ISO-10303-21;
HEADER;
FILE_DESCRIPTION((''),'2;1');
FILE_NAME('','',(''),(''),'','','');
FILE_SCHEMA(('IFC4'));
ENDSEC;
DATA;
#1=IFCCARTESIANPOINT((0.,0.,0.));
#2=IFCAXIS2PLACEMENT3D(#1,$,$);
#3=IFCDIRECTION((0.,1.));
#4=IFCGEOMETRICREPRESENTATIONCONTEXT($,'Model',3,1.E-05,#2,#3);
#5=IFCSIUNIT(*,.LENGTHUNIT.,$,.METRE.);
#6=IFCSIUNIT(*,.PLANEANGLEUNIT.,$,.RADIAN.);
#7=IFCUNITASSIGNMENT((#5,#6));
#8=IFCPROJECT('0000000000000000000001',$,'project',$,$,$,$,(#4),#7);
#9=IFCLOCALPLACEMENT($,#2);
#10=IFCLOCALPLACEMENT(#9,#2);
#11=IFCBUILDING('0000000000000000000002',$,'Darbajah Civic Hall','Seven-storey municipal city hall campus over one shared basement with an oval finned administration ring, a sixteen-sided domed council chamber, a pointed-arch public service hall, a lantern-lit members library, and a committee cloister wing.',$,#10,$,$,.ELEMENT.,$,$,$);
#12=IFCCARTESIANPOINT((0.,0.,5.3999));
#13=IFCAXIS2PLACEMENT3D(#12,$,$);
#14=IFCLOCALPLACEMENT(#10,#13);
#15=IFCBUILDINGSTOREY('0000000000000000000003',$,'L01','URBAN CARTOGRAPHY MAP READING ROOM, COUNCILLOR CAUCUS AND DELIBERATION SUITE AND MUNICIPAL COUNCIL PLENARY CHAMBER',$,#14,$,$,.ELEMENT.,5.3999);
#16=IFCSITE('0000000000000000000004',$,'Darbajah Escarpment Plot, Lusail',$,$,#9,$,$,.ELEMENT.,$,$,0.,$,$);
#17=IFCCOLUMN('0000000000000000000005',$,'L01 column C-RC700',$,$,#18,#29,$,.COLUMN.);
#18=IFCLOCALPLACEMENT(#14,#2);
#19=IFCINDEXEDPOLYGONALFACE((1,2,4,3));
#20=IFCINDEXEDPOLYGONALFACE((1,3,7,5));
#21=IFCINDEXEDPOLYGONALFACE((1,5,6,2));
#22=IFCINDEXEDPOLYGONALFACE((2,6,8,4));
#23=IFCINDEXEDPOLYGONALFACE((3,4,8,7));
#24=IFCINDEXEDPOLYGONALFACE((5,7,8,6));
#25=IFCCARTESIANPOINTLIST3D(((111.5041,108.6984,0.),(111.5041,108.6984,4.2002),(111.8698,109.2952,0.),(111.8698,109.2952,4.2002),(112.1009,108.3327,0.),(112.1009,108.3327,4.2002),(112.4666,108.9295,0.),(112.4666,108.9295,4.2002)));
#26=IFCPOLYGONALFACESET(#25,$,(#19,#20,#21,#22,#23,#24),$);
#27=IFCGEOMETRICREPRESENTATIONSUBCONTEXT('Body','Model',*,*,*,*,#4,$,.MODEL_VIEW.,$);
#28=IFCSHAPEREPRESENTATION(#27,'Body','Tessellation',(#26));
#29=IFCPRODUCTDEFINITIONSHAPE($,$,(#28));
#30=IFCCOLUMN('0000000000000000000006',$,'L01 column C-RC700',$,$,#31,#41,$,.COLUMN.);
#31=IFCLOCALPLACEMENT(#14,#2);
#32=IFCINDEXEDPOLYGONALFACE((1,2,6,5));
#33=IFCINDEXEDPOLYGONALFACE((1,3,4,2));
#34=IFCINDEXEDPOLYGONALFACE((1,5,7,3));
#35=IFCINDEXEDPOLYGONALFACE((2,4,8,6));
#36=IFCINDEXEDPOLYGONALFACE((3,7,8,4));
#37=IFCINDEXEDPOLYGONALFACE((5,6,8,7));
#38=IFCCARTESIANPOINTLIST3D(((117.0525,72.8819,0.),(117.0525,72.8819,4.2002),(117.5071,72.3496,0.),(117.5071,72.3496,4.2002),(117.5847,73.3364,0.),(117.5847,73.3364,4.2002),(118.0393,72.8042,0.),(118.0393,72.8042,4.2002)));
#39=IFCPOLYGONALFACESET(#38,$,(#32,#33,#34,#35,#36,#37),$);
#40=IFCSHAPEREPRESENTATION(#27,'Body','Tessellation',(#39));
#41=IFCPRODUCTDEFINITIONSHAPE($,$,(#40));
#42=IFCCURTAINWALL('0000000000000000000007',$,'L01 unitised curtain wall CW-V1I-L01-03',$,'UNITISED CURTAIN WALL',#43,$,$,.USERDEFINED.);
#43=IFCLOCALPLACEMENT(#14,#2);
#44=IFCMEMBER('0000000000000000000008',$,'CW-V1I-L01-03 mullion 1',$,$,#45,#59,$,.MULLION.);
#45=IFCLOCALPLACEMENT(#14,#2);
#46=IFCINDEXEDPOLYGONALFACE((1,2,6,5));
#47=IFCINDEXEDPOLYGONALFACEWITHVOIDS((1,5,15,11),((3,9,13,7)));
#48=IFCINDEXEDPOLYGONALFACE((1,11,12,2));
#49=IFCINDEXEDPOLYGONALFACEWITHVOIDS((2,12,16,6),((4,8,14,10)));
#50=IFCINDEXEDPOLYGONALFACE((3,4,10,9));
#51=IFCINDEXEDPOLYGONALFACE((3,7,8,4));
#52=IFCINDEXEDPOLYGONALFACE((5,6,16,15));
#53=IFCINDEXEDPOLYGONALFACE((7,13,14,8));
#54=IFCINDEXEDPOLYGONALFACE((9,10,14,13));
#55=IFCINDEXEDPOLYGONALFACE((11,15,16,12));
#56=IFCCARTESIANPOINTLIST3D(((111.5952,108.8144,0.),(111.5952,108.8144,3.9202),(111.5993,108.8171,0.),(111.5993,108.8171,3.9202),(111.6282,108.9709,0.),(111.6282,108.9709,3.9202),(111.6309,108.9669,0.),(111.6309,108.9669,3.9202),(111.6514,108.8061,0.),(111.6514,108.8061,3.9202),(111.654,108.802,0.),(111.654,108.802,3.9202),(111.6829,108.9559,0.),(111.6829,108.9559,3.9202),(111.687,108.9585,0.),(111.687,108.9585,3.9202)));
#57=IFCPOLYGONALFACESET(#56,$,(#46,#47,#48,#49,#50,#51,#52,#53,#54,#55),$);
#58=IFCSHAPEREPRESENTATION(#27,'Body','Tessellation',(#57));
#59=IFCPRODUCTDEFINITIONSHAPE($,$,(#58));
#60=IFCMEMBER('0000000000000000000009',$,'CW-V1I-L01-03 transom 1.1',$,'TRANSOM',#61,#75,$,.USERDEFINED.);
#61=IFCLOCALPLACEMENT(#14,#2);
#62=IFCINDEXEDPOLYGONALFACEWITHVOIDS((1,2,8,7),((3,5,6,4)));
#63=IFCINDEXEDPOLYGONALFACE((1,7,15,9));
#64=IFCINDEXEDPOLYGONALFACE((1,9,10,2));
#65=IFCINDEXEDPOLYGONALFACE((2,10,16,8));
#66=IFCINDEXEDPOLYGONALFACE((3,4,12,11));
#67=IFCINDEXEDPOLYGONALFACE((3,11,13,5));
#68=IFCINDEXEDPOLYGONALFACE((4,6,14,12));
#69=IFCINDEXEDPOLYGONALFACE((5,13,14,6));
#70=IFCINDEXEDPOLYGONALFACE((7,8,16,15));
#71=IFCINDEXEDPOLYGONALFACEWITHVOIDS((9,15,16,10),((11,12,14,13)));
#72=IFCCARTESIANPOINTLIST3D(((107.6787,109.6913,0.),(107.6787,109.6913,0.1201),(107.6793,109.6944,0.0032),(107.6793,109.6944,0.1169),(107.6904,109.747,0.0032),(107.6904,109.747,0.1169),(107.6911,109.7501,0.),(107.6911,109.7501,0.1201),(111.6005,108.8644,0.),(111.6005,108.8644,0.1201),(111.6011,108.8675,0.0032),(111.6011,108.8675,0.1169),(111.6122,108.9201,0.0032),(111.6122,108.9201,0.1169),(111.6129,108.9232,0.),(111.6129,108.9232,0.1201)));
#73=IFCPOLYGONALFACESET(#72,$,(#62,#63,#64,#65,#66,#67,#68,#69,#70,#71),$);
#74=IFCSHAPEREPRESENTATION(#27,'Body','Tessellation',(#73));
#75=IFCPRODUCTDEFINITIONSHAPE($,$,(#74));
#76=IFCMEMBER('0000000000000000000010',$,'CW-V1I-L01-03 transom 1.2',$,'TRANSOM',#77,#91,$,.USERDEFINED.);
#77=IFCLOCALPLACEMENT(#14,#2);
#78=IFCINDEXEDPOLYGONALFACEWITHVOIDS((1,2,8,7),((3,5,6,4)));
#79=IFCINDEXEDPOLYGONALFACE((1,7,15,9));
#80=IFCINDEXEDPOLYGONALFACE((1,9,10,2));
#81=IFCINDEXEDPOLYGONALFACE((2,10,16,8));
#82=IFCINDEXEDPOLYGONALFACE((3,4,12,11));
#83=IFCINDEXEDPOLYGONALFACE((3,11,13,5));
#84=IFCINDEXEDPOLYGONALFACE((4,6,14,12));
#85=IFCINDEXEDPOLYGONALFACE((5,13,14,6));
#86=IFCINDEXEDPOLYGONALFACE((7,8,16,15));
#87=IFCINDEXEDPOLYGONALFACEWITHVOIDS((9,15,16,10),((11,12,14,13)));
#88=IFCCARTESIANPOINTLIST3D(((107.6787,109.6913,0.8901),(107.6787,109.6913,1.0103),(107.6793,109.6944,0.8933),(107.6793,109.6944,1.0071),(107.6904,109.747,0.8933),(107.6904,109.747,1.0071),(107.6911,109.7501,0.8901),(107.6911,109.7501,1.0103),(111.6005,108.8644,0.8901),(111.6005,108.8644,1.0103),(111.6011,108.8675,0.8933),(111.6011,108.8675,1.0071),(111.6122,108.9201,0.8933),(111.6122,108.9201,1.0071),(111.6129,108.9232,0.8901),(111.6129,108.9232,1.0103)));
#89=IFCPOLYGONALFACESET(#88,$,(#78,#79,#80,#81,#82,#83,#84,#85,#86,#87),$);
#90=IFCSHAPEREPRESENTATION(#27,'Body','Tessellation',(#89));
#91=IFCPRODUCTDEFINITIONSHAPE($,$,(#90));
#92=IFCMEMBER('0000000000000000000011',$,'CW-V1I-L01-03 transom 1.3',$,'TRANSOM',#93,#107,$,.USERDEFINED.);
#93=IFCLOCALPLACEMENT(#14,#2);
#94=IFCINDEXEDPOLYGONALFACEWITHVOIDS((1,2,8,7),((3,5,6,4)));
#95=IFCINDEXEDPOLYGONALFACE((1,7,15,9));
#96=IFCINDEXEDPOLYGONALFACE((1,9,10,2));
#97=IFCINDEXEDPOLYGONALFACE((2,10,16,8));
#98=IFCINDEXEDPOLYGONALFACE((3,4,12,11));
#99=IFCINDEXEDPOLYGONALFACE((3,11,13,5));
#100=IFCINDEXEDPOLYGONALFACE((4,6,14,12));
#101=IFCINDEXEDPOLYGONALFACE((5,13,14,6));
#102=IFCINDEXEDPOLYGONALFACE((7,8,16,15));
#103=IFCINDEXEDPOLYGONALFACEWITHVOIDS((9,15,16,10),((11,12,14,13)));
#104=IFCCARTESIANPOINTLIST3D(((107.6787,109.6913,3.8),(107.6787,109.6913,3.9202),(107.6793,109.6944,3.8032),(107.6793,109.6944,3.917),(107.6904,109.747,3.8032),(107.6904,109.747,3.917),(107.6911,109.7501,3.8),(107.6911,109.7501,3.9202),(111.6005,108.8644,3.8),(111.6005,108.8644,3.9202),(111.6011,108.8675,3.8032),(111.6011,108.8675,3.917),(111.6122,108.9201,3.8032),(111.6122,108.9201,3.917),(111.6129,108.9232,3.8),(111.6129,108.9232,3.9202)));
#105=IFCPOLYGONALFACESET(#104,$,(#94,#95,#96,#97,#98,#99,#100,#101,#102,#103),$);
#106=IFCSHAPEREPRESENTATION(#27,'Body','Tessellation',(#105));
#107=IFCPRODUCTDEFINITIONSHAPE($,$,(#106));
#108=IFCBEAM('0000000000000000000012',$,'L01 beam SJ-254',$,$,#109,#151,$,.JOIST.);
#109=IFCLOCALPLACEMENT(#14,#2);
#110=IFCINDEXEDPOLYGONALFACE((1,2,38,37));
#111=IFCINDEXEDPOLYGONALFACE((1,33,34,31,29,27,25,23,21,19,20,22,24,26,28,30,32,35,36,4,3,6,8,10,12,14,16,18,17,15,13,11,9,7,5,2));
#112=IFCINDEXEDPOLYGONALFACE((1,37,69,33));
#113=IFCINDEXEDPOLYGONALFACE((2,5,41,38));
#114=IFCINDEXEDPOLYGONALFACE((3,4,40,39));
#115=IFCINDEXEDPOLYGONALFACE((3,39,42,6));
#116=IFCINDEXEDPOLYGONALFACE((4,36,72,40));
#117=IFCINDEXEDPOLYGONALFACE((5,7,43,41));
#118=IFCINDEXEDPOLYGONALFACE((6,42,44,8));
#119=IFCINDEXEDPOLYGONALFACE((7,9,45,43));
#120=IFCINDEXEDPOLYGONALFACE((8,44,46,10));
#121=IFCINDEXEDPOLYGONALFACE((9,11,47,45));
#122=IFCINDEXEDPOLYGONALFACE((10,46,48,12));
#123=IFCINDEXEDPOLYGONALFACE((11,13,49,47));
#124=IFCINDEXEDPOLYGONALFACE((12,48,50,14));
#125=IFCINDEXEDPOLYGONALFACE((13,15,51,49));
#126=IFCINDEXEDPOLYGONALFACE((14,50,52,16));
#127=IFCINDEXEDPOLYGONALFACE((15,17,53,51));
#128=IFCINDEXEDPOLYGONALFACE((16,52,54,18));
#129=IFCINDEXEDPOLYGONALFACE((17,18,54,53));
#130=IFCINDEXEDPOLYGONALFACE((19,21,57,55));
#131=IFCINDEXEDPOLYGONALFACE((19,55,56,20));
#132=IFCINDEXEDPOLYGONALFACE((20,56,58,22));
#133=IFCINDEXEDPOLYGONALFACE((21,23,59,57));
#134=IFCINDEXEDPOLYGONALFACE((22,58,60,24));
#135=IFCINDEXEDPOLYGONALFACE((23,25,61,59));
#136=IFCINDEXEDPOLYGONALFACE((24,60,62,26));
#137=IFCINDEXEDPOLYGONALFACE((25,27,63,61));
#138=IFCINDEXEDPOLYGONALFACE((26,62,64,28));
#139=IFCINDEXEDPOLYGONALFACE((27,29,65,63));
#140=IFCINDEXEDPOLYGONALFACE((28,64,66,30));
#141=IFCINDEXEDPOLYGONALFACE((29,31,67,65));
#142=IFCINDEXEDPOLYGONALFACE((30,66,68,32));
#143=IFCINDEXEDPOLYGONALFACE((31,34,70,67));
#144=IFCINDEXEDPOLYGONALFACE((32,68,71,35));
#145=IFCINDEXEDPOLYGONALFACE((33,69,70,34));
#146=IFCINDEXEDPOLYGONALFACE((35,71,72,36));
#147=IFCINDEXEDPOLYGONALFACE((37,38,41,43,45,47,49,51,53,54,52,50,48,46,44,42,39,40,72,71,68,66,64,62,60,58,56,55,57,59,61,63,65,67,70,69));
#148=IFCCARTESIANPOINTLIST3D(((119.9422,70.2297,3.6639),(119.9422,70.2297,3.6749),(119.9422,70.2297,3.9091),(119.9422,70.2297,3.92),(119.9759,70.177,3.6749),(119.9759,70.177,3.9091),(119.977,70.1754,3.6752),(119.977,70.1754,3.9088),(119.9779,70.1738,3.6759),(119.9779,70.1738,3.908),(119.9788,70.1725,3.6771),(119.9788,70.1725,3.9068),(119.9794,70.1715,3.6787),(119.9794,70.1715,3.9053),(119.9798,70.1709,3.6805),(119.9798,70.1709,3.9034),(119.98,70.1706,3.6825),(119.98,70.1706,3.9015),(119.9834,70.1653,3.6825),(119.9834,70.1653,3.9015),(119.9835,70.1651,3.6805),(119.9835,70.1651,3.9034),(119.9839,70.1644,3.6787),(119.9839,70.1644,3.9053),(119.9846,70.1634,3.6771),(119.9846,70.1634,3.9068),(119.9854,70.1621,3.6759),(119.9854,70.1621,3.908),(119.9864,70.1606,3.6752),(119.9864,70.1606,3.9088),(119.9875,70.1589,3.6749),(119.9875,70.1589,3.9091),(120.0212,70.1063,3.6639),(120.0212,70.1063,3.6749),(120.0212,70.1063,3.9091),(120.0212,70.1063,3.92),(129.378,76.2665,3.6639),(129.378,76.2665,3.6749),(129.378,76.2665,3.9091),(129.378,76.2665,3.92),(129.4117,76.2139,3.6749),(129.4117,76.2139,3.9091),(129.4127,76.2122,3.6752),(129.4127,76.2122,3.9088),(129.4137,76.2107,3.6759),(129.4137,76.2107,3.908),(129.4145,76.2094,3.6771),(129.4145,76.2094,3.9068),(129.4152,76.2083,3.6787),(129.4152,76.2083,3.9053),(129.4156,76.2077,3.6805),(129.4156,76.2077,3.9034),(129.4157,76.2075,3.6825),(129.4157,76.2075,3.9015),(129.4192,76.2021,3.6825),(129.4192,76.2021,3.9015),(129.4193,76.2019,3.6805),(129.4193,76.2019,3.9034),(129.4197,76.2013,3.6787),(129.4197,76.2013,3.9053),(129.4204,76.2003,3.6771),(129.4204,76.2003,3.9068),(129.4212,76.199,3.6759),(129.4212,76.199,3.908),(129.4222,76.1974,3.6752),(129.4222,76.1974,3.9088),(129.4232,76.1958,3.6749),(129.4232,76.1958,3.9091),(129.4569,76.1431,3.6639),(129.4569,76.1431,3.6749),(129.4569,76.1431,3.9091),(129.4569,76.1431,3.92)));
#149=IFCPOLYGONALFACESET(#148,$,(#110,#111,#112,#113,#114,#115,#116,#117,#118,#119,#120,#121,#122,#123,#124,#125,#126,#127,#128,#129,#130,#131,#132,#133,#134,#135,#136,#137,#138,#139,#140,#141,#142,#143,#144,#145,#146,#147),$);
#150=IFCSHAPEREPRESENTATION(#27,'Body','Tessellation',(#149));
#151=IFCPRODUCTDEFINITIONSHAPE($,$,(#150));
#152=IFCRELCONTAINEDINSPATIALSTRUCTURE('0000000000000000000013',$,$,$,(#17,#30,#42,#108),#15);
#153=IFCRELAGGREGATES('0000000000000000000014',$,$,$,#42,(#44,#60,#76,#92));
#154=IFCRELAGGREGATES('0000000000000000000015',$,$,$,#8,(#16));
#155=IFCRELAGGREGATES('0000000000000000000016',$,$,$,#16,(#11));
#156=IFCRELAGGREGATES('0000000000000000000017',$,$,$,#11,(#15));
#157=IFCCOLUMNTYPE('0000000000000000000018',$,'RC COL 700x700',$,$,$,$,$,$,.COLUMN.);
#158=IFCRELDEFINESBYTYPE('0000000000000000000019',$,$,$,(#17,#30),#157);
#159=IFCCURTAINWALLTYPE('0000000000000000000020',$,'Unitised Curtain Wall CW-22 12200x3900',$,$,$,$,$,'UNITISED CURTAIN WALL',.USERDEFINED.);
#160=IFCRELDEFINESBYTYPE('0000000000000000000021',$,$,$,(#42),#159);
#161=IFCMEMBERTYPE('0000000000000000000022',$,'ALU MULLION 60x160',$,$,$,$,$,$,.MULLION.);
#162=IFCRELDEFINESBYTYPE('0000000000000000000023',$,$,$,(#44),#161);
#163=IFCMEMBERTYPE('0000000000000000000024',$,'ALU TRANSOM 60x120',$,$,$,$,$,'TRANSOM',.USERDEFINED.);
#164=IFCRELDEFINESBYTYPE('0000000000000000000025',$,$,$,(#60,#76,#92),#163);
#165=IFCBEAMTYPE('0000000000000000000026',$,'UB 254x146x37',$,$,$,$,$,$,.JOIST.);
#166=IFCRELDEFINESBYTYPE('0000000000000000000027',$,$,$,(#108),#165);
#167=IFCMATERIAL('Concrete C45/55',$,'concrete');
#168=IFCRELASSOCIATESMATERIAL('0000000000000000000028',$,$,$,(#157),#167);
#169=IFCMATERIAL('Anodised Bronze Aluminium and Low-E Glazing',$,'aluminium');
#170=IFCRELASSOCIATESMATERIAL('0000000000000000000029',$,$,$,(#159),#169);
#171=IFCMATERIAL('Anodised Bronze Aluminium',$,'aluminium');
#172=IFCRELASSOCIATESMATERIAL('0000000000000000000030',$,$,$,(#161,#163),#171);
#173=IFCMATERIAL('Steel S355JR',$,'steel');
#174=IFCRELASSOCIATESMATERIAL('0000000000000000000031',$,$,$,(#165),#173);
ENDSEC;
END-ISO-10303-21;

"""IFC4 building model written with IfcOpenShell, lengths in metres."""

from ifc_helpers import new_model, si_unit, direction, frame, origin, origin_2d, place, context, subcontext, project, spatial, rectangle, hollow_rectangle, i_section, extrude, material, material_profile, profile_set, type_object, element, aggregate, save


model = new_model("IFC4")

# Units and contexts
model_context = context("Model", 3, precision=1e-05, world=origin(), true_north=direction((0.0, 1.0)))
body_context = subcontext(model_context, "Body", "Model", "MODEL_VIEW")
ifc_project = project(units=[si_unit("LENGTHUNIT", "METRE"), si_unit("PLANEANGLEUNIT", "RADIAN")], contexts=[model_context])

# Site, building, storey
site_placement = place(None, origin())
site = spatial("IfcSite", under=ifc_project, at=site_placement, Name="Darbajah Escarpment Plot, Lusail", CompositionType="ELEMENT", RefElevation=0.0)
building_placement = place(site_placement, origin())
building = spatial("IfcBuilding", under=site, at=building_placement, Name="Darbajah Civic Hall", Description="Seven-storey municipal city hall campus over one shared basement with an oval finned administration ring, a sixteen-sided domed council chamber, a pointed-arch public service hall, a lantern-lit members library, and a committee cloister wing.", CompositionType="ELEMENT")
storey_placement = place(building_placement, frame((0.0, 0.0, 5.3999)))
storey = spatial("IfcBuildingStorey", under=building, at=storey_placement, Name="L01", Description="URBAN CARTOGRAPHY MAP READING ROOM, COUNCILLOR CAUCUS AND DELIBERATION SUITE AND MUNICIPAL COUNCIL PLENARY CHAMBER", CompositionType="ELEMENT", Elevation=5.3999)

# Columns
ifc_material_1 = material(Name="Concrete C45/55", Category="concrete")
ifc_material_profile_1 = material_profile(ifc_material_1, rectangle(XDim=0.7, YDim=0.7, at=origin_2d()), Name="RC COL 700x700")
ifc_profile_set_1 = profile_set([ifc_material_profile_1], Name="Concrete C45/55")
column_type = type_object("IfcColumnType", Name="RC COL 700x700", PredefinedType="COLUMN", material=ifc_profile_set_1)
for number, where, z_axis, x_axis, name in (
    (1, (111.9854, 108.814, 0.0), (0.0, 0.0, 1.0), (0.522499, 0.85264, 0.0), "L01 column C-RC700"),
    (2, (117.5459, 72.843, 0.0), (0.0, 0.0, 1.0), (0.649448, -0.760406, 0.0), "L01 column C-RC700"),
):
    element("IfcColumn", number, at=place(storey_placement, frame(where, z_axis=z_axis, x_axis=x_axis)), inside=storey, type_object=column_type, Name=name, PredefinedType="COLUMN", context=body_context, shape_type="SweptSolid", body=[
        extrude(rectangle(XDim=0.7, YDim=0.7, at=origin_2d()), origin(), (0.0, 0.0, 1.0), 4.2002),
    ])

# Curtain wall, members
ifc_material_2 = material(Name="Anodised Bronze Aluminium and Low-E Glazing", Category="aluminium")
curtain_wall_type = type_object("IfcCurtainWallType", Name="Unitised Curtain Wall CW-22 12200x3900", ElementType="UNITISED CURTAIN WALL", PredefinedType="USERDEFINED", material=ifc_material_2)
curtain_wall_placement = place(storey_placement, origin())
curtain_wall = element("IfcCurtainWall", 3, at=curtain_wall_placement, inside=storey, type_object=curtain_wall_type, Name="L01 unitised curtain wall CW-V1I-L01-03", ObjectType="UNITISED CURTAIN WALL", PredefinedType="USERDEFINED")
ifc_material_3 = material(Name="Anodised Bronze Aluminium", Category="aluminium")
ifc_material_profile_2 = material_profile(ifc_material_3, hollow_rectangle(XDim=0.0601, YDim=0.1599, WallThickness=0.0034, at=origin_2d()), Name="ALU MULLION 60x160")
ifc_profile_set_2 = profile_set([ifc_material_profile_2], Name="Anodised Bronze Aluminium")
member_type_1 = type_object("IfcMemberType", Name="ALU MULLION 60x160", PredefinedType="MULLION", material=ifc_profile_set_2)
member_1_placement = place(storey_placement, frame((111.6411, 108.8865, 0.0), z_axis=(0.0, 0.0, 1.0), x_axis=(-0.978473, 0.206375, 0.0)))
member_1 = element("IfcMember", 4, at=member_1_placement, type_object=member_type_1, Name="CW-V1I-L01-03 mullion 1", PredefinedType="MULLION", context=body_context, shape_type="SweptSolid", body=[
    extrude(hollow_rectangle(XDim=0.0601, YDim=0.1599, WallThickness=0.0034, at=origin_2d()), origin(), (0.0, 0.0, 1.0), 3.9202),
])
ifc_material_profile_3 = material_profile(ifc_material_3, hollow_rectangle(XDim=0.0601, YDim=0.1201, WallThickness=0.0032, at=origin_2d()), Name="ALU TRANSOM 60x120")
ifc_profile_set_3 = profile_set([ifc_material_profile_3], Name="Anodised Bronze Aluminium")
member_type_2 = type_object("IfcMemberType", Name="ALU TRANSOM 60x120", ElementType="TRANSOM", PredefinedType="USERDEFINED", material=ifc_profile_set_3)
member_2_placement = place(storey_placement, frame((111.6067, 108.8938, 0.0601), z_axis=(-0.978487, 0.206308, 0.0), x_axis=(-0.206308, -0.978487, 0.0)))
member_2 = element("IfcMember", 5, at=member_2_placement, type_object=member_type_2, Name="CW-V1I-L01-03 transom 1.1", ObjectType="TRANSOM", PredefinedType="USERDEFINED", context=body_context, shape_type="SweptSolid", body=[
    extrude(hollow_rectangle(XDim=0.0601, YDim=0.1201, WallThickness=0.0032, at=origin_2d()), origin(), (0.0, 0.0, 1.0), 4.0081),
])
member_3_placement = place(storey_placement, frame((111.6067, 108.8938, 0.9502), z_axis=(-0.978487, 0.206308, 0.0), x_axis=(-0.206308, -0.978487, 0.0)))
member_3 = element("IfcMember", 6, at=member_3_placement, type_object=member_type_2, Name="CW-V1I-L01-03 transom 1.2", ObjectType="TRANSOM", PredefinedType="USERDEFINED", context=body_context, shape_type="SweptSolid", body=[
    extrude(hollow_rectangle(XDim=0.0601, YDim=0.1201, WallThickness=0.0032, at=origin_2d()), origin(), (0.0, 0.0, 1.0), 4.0081),
])
member_4_placement = place(storey_placement, frame((111.6067, 108.8938, 3.8601), z_axis=(-0.978487, 0.206308, 0.0), x_axis=(-0.206308, -0.978487, 0.0)))
member_4 = element("IfcMember", 7, at=member_4_placement, type_object=member_type_2, Name="CW-V1I-L01-03 transom 1.3", ObjectType="TRANSOM", PredefinedType="USERDEFINED", context=body_context, shape_type="SweptSolid", body=[
    extrude(hollow_rectangle(XDim=0.0601, YDim=0.1201, WallThickness=0.0032, at=origin_2d()), origin(), (0.0, 0.0, 1.0), 4.0081),
])

# Beam
ifc_material_4 = material(Name="Steel S355JR", Category="steel")
ifc_material_profile_4 = material_profile(ifc_material_4, i_section(OverallWidth=0.1465, OverallDepth=0.2561, WebThickness=0.0063, FlangeThickness=0.011, FilletRadius=0.0076, at=origin_2d()), Name="UB 254x146x37")
ifc_profile_set_4 = profile_set([ifc_material_profile_4], Name="Steel S355JR")
beam_type_1 = type_object("IfcBeamType", Name="UB 254x146x37", PredefinedType="JOIST", material=ifc_profile_set_4)
beam_1_placement = place(storey_placement, frame((119.9817, 70.168, 3.792), z_axis=(0.842354, 0.538924, 0.0), x_axis=(-0.538924, 0.842354, 0.0)))
element("IfcBeam", 8, at=beam_1_placement, inside=storey, type_object=beam_type_1, Name="L01 beam SJ-254", PredefinedType="JOIST", context=body_context, shape_type="SweptSolid", body=[
    extrude(i_section(OverallWidth=0.1465, OverallDepth=0.2561, WebThickness=0.0063, FlangeThickness=0.011, FilletRadius=0.0076, at=origin_2d()), origin(), (0.0, 0.0, 1.0), 11.2017),
])

aggregate(curtain_wall, [member_1, member_2, member_3, member_4])

save(model, "model.ifc")
